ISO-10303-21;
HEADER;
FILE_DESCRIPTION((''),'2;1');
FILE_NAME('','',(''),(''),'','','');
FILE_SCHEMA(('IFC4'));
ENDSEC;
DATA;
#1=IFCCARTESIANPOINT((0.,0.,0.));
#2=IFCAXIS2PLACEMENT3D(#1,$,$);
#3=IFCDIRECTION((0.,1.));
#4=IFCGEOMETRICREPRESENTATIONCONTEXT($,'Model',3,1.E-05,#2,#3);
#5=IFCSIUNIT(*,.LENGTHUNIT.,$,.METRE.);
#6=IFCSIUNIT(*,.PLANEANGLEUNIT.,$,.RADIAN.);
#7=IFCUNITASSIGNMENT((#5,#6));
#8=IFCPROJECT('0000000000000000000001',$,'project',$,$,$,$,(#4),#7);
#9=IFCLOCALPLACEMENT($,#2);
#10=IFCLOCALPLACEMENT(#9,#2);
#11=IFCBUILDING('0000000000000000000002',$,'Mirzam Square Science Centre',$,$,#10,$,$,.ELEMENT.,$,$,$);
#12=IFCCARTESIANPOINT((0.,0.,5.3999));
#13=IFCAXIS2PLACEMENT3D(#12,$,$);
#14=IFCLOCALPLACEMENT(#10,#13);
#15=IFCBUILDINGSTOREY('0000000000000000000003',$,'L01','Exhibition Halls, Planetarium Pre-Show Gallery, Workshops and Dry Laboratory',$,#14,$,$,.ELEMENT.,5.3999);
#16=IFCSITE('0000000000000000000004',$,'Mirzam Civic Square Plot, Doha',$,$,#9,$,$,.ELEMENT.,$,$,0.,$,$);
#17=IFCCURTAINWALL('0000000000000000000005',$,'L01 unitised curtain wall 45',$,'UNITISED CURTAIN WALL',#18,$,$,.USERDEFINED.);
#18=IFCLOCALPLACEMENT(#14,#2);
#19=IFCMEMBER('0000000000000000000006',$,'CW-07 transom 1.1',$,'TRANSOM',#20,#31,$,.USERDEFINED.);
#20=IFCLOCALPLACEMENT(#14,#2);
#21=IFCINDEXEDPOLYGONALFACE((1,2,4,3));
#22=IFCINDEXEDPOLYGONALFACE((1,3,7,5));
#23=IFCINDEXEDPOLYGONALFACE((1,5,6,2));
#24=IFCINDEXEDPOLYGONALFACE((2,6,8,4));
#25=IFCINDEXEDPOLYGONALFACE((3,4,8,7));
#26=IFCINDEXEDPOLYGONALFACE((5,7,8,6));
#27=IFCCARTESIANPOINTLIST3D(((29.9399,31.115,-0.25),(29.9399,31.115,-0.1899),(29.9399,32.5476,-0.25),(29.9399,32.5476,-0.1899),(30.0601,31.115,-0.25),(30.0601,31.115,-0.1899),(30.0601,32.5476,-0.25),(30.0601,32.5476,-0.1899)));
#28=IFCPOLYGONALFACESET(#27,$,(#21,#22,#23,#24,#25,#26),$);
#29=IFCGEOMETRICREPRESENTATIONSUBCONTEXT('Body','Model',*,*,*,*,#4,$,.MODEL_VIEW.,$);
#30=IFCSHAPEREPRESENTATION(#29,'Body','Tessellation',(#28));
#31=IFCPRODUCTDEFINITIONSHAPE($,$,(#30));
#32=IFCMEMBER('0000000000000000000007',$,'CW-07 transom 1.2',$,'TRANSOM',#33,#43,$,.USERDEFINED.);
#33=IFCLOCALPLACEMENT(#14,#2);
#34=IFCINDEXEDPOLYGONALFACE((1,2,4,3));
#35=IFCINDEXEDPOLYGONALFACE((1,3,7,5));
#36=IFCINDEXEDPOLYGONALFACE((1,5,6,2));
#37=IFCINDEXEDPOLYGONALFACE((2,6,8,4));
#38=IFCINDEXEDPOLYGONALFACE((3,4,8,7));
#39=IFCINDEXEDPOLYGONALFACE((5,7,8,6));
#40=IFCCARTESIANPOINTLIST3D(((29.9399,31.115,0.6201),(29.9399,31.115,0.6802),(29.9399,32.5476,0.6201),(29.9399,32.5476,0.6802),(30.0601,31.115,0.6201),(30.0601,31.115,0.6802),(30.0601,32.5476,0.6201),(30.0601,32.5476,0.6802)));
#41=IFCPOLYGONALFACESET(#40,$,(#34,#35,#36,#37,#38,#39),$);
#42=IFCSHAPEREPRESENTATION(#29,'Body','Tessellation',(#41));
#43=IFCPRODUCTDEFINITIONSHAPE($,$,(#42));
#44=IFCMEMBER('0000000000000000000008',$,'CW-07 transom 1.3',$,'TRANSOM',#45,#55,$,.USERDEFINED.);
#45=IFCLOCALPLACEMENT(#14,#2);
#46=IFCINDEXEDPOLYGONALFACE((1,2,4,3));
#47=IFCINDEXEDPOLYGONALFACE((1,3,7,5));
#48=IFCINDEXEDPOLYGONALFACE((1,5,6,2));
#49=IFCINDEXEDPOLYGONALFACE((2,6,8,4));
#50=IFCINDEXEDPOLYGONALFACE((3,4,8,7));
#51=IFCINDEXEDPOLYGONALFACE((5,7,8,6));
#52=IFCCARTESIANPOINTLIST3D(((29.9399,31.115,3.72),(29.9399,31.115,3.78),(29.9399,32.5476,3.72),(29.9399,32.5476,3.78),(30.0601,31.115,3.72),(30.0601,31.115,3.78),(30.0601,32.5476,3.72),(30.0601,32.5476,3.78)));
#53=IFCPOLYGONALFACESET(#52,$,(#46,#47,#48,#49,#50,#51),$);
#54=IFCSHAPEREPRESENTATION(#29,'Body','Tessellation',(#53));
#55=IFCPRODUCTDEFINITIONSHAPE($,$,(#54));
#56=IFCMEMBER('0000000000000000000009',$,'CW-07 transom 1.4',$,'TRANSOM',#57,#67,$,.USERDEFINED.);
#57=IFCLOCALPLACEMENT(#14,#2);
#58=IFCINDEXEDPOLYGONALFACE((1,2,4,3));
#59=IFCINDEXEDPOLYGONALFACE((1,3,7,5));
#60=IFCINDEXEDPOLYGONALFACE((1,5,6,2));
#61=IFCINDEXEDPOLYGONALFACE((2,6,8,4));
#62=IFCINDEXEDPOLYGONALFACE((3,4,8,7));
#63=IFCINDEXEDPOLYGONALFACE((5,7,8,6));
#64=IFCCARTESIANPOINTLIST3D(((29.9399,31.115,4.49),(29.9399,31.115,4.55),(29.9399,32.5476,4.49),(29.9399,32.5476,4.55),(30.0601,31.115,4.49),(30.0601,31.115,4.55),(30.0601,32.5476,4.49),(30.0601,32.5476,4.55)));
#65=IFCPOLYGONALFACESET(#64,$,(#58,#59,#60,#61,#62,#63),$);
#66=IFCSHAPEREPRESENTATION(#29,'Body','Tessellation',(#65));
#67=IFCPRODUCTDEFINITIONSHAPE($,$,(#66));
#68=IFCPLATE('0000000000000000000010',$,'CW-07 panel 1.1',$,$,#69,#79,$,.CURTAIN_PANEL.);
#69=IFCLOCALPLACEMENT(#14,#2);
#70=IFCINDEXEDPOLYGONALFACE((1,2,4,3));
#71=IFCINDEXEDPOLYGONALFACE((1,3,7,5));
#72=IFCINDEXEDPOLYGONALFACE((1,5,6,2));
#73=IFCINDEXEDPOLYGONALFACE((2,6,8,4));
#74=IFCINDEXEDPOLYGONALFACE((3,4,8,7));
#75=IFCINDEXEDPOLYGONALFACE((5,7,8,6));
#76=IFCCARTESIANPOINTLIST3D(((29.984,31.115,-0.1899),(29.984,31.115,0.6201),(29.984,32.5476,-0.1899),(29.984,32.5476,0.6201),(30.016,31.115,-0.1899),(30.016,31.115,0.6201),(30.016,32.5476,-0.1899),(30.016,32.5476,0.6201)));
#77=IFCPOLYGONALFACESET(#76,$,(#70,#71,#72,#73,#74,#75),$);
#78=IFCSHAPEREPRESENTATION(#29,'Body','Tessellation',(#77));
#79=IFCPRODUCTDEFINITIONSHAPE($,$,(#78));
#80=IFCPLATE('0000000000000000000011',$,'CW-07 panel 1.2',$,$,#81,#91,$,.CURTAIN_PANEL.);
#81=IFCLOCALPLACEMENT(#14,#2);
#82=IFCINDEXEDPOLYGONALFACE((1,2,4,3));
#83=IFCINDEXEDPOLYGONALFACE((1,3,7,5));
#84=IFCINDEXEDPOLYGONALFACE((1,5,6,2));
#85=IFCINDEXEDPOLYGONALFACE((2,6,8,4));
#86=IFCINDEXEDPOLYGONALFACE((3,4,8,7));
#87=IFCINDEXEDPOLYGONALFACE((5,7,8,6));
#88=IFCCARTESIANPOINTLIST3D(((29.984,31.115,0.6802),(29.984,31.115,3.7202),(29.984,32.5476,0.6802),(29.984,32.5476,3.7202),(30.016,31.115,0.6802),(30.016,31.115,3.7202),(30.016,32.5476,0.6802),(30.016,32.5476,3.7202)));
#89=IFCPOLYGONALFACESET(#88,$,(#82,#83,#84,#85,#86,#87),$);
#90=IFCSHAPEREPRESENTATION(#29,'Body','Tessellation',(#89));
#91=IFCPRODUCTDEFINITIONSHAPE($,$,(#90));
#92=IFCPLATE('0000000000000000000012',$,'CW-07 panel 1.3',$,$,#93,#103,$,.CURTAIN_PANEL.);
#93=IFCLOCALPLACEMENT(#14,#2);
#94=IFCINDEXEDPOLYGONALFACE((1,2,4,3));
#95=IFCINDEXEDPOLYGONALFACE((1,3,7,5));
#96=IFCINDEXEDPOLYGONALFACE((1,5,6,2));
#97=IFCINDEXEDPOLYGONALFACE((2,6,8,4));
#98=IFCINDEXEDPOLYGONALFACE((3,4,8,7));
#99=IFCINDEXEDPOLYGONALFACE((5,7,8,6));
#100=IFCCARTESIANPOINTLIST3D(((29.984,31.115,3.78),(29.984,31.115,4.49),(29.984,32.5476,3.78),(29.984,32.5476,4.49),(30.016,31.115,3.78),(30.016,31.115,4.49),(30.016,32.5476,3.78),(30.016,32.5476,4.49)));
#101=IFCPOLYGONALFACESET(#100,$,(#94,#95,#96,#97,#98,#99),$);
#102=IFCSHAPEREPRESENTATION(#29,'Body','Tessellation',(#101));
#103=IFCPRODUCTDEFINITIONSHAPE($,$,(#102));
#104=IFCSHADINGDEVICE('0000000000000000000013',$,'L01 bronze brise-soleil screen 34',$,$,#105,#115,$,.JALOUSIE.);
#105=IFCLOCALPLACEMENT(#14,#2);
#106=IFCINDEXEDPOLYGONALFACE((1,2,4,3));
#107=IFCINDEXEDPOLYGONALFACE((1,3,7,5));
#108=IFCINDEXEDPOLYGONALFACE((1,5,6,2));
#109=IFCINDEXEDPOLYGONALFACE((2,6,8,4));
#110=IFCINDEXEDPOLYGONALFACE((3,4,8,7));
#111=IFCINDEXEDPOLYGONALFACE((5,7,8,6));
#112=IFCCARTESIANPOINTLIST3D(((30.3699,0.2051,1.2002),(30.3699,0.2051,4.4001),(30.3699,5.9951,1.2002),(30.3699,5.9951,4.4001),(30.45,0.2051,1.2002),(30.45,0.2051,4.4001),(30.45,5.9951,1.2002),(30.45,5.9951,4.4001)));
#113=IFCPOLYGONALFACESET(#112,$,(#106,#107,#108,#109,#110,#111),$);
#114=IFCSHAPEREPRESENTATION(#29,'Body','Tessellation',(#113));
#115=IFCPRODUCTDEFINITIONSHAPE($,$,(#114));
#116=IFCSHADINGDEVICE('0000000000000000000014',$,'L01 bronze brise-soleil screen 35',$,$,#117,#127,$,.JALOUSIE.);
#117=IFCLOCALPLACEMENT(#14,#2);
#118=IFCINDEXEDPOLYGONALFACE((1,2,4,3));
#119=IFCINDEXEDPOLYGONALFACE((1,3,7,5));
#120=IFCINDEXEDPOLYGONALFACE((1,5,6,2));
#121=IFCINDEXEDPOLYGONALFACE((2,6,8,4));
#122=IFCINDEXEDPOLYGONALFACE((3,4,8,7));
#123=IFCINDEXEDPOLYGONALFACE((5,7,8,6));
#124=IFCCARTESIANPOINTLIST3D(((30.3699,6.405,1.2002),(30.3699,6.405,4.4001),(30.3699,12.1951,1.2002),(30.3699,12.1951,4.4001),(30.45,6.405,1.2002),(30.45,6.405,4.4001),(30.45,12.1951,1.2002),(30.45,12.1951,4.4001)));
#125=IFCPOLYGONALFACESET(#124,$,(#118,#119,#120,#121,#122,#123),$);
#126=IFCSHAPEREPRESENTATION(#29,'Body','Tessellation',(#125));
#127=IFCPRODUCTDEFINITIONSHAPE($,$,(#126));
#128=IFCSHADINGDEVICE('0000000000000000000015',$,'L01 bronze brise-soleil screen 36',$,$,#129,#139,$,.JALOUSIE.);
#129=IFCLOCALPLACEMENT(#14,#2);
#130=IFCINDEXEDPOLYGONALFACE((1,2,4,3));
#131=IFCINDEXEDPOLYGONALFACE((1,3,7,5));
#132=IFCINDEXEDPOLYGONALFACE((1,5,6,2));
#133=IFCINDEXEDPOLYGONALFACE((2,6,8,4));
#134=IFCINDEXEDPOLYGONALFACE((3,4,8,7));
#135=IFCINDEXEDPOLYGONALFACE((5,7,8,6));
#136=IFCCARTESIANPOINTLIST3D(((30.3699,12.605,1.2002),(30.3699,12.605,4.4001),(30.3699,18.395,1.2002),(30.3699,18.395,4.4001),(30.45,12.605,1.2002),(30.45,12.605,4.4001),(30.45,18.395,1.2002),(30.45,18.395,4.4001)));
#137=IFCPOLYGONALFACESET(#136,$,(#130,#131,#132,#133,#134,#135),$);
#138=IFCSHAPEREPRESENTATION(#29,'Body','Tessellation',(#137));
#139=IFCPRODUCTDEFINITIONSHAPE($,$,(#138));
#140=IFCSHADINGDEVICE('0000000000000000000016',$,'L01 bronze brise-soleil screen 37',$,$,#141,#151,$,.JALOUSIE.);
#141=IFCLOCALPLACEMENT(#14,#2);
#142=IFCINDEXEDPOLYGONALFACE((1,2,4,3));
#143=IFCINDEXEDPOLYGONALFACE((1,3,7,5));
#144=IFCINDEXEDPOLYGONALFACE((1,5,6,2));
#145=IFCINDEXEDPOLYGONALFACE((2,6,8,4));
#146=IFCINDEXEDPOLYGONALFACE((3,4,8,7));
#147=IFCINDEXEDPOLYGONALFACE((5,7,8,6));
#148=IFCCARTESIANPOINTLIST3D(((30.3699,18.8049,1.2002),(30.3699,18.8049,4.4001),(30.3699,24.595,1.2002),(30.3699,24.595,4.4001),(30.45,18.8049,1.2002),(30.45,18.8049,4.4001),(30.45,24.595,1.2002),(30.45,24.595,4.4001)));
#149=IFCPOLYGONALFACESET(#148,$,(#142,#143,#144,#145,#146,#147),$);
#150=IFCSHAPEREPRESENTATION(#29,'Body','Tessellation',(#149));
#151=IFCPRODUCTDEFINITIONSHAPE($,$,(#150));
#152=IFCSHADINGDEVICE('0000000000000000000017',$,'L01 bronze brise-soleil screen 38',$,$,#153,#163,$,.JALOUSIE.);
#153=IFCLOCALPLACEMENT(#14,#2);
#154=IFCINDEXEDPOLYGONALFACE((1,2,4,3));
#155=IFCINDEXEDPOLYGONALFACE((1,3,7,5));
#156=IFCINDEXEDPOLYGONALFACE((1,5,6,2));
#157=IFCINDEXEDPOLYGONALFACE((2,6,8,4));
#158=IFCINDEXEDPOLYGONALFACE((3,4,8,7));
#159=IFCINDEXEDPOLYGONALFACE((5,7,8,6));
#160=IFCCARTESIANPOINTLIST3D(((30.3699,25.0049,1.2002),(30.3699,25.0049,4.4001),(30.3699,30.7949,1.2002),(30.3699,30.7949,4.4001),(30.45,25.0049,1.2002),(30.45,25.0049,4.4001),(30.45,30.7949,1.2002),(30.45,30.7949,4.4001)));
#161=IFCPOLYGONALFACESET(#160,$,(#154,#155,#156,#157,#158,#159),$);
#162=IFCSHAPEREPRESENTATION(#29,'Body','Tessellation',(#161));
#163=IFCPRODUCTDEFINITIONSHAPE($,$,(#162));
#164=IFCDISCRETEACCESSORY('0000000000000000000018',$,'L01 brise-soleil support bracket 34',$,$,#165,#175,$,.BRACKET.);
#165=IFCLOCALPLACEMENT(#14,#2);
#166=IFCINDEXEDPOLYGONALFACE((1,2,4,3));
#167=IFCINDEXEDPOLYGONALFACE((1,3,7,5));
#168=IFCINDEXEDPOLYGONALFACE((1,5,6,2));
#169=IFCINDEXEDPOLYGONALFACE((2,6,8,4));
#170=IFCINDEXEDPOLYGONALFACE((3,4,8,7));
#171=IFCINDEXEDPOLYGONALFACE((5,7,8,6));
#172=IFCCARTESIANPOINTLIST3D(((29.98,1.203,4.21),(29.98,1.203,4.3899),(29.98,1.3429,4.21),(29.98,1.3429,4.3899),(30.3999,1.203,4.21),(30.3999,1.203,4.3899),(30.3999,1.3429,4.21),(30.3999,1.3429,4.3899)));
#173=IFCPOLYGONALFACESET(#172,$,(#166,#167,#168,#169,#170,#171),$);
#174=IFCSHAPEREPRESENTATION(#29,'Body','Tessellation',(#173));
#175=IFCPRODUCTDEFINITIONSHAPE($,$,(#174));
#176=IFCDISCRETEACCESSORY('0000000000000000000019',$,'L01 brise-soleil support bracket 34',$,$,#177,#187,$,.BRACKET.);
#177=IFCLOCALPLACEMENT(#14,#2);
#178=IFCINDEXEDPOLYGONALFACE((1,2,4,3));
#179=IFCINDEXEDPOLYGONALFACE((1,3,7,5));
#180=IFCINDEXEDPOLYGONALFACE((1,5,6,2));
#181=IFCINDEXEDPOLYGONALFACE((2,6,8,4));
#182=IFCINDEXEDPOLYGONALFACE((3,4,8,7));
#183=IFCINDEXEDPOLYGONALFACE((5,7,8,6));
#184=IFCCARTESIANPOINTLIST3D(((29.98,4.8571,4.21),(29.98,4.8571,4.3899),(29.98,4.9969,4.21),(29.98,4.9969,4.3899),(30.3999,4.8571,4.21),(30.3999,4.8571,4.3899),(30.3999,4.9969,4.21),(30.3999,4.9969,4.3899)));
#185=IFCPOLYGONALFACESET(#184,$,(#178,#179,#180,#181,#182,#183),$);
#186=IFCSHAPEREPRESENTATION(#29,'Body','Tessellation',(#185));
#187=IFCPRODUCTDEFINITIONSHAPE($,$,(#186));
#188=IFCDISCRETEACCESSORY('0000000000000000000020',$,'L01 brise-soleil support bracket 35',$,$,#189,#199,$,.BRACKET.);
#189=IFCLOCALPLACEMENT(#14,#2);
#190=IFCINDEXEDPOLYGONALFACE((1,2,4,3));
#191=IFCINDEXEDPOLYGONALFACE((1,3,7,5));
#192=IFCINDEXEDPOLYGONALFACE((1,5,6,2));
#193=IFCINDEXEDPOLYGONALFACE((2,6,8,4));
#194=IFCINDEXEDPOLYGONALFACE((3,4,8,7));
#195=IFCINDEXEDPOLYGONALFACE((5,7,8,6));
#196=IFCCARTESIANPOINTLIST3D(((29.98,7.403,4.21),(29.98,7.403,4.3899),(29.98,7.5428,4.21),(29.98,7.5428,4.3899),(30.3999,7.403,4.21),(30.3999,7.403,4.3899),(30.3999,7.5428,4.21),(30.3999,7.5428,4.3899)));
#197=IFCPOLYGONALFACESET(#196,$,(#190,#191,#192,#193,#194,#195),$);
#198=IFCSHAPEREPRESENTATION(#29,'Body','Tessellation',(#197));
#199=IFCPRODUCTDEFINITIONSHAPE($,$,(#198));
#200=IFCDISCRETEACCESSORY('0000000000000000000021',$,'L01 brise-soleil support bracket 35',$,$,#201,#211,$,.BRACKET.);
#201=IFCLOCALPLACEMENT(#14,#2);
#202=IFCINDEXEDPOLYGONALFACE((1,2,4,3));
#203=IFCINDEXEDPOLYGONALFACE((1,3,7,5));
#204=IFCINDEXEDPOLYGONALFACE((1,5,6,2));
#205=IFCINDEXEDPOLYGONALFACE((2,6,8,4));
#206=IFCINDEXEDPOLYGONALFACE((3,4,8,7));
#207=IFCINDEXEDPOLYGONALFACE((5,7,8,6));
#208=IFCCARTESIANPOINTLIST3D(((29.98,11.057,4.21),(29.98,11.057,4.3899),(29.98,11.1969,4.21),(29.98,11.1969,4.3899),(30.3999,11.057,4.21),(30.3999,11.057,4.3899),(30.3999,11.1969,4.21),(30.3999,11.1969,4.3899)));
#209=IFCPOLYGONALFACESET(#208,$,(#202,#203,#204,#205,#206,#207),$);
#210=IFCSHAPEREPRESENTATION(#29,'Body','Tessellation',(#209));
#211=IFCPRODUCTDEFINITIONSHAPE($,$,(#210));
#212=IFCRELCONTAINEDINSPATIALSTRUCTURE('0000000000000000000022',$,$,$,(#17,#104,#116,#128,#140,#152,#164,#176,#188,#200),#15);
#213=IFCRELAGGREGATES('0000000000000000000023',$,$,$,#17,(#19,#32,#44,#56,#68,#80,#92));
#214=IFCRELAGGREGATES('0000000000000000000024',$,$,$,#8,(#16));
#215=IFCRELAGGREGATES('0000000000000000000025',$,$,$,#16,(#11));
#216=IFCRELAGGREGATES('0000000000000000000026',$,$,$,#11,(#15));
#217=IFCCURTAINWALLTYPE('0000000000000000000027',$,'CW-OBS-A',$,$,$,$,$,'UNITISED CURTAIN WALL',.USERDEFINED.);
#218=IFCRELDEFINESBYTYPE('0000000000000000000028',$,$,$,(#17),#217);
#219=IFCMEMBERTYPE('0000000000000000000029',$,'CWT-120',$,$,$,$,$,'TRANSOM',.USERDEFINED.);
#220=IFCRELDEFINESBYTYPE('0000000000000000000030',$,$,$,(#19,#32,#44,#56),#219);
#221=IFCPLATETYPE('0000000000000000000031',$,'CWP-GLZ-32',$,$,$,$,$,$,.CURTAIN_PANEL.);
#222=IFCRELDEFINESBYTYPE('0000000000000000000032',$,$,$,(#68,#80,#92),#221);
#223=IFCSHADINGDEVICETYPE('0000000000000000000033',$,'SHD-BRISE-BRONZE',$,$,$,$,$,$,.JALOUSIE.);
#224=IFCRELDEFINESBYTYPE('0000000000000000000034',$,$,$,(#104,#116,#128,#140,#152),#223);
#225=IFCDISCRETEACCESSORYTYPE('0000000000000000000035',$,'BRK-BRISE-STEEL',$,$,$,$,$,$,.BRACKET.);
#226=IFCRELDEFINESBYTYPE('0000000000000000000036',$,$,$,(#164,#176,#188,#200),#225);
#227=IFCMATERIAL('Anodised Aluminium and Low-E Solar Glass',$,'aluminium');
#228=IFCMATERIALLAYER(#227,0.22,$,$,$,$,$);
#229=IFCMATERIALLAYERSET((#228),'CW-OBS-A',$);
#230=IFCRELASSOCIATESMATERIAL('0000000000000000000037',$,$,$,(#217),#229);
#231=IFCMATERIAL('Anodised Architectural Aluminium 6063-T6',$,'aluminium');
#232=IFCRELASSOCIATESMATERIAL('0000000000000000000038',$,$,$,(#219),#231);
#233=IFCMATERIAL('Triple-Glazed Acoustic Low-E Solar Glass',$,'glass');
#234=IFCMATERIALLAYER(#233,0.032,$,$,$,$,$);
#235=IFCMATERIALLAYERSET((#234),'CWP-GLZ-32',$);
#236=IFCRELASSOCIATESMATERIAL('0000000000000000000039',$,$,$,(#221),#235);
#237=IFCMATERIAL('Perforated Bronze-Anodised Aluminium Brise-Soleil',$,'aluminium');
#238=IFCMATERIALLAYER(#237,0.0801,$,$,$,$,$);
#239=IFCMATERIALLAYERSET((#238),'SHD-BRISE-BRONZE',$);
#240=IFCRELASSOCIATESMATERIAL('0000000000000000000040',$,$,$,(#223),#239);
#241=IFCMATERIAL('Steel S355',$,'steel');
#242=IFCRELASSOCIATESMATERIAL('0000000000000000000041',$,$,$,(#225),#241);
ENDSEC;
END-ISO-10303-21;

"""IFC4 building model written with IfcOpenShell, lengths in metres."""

from ifc_helpers import new_model, si_unit, direction, frame, origin, origin_2d, place, context, subcontext, project, spatial, rectangle, extrude, material, layer, layer_set, material_profile, profile_set, type_object, element, aggregate, save


model = new_model("IFC4")

# Units and contexts
model_context = context("Model", 3, precision=1e-05, world=origin(), true_north=direction((0.0, 1.0)))
body_context = subcontext(model_context, "Body", "Model", "MODEL_VIEW")
ifc_project = project(units=[si_unit("LENGTHUNIT", "METRE"), si_unit("PLANEANGLEUNIT", "RADIAN")], contexts=[model_context])

# Site, building, storey
site_placement = place(None, origin())
site = spatial("IfcSite", under=ifc_project, at=site_placement, Name="Mirzam Civic Square Plot, Doha", CompositionType="ELEMENT", RefElevation=0.0)
building_placement = place(site_placement, origin())
building = spatial("IfcBuilding", under=site, at=building_placement, Name="Mirzam Square Science Centre", CompositionType="ELEMENT")
storey_placement = place(building_placement, frame((0.0, 0.0, 5.3999)))
storey = spatial("IfcBuildingStorey", under=building, at=storey_placement, Name="L01", Description="Exhibition Halls, Planetarium Pre-Show Gallery, Workshops and Dry Laboratory", CompositionType="ELEMENT", Elevation=5.3999)

# Curtain wall, members, plates
ifc_material_1 = material(Name="Anodised Aluminium and Low-E Solar Glass", Category="aluminium")
ifc_layer_1 = layer(ifc_material_1, 0.22)
ifc_layer_set_1 = layer_set([ifc_layer_1], Name="CW-OBS-A")
curtain_wall_type = type_object("IfcCurtainWallType", Name="CW-OBS-A", ElementType="UNITISED CURTAIN WALL", PredefinedType="USERDEFINED", material=ifc_layer_set_1)
curtain_wall_placement = place(storey_placement, origin())
curtain_wall = element("IfcCurtainWall", 1, at=curtain_wall_placement, inside=storey, type_object=curtain_wall_type, Name="L01 unitised curtain wall 45", ObjectType="UNITISED CURTAIN WALL", PredefinedType="USERDEFINED")
ifc_material_2 = material(Name="Anodised Architectural Aluminium 6063-T6", Category="aluminium")
ifc_material_profile = material_profile(ifc_material_2, rectangle(XDim=0.1201, YDim=0.0601, at=origin_2d()), Name="ALU-TRAN-120x60x4")
ifc_profile_set = profile_set([ifc_material_profile], Name="Anodised Architectural Aluminium 6063-T6")
member_type = type_object("IfcMemberType", Name="CWT-120", ElementType="TRANSOM", PredefinedType="USERDEFINED", material=ifc_profile_set)
member_1_placement = place(storey_placement, frame((30.0, 31.115, -0.22), z_axis=(0.0, 1.0, 0.0), x_axis=(-1.0, 0.0, 0.0)))
member_1 = element("IfcMember", 2, at=member_1_placement, type_object=member_type, Name="CW-07 transom 1.1", ObjectType="TRANSOM", PredefinedType="USERDEFINED", context=body_context, shape_type="SweptSolid", body=[
    extrude(rectangle(XDim=0.1201, YDim=0.0601, at=origin_2d()), origin(), (0.0, 0.0, 1.0), 1.4326),
])
member_2_placement = place(storey_placement, frame((30.0, 31.115, 0.6501), z_axis=(0.0, 1.0, 0.0), x_axis=(-1.0, 0.0, 0.0)))
member_2 = element("IfcMember", 3, at=member_2_placement, type_object=member_type, Name="CW-07 transom 1.2", ObjectType="TRANSOM", PredefinedType="USERDEFINED", context=body_context, shape_type="SweptSolid", body=[
    extrude(rectangle(XDim=0.1201, YDim=0.0601, at=origin_2d()), origin(), (0.0, 0.0, 1.0), 1.4326),
])
member_3_placement = place(storey_placement, frame((30.0, 31.115, 3.75), z_axis=(0.0, 1.0, 0.0), x_axis=(-1.0, 0.0, 0.0)))
member_3 = element("IfcMember", 4, at=member_3_placement, type_object=member_type, Name="CW-07 transom 1.3", ObjectType="TRANSOM", PredefinedType="USERDEFINED", context=body_context, shape_type="SweptSolid", body=[
    extrude(rectangle(XDim=0.1201, YDim=0.0601, at=origin_2d()), origin(), (0.0, 0.0, 1.0), 1.4326),
])
member_4_placement = place(storey_placement, frame((30.0, 31.115, 4.52), z_axis=(0.0, 1.0, 0.0), x_axis=(-1.0, 0.0, 0.0)))
member_4 = element("IfcMember", 5, at=member_4_placement, type_object=member_type, Name="CW-07 transom 1.4", ObjectType="TRANSOM", PredefinedType="USERDEFINED", context=body_context, shape_type="SweptSolid", body=[
    extrude(rectangle(XDim=0.1201, YDim=0.0601, at=origin_2d()), origin(), (0.0, 0.0, 1.0), 1.4326),
])
ifc_material_3 = material(Name="Triple-Glazed Acoustic Low-E Solar Glass", Category="glass")
ifc_layer_2 = layer(ifc_material_3, 0.032)
ifc_layer_set_2 = layer_set([ifc_layer_2], Name="CWP-GLZ-32")
plate_type = type_object("IfcPlateType", Name="CWP-GLZ-32", PredefinedType="CURTAIN_PANEL", material=ifc_layer_set_2)
plate_1_placement = place(storey_placement, frame((30.0, 31.8313, -0.1899), z_axis=(0.0, 0.0, 1.0), x_axis=(0.0, 1.0, 0.0)))
plate_1 = element("IfcPlate", 6, at=plate_1_placement, type_object=plate_type, Name="CW-07 panel 1.1", PredefinedType="CURTAIN_PANEL", context=body_context, shape_type="SweptSolid", body=[
    extrude(rectangle(XDim=1.4326, YDim=0.032, at=origin_2d()), origin(), (0.0, 0.0, 1.0), 0.8101),
])
plate_2_placement = place(storey_placement, frame((30.0, 31.8313, 0.6802), z_axis=(0.0, 0.0, 1.0), x_axis=(0.0, 1.0, 0.0)))
plate_2 = element("IfcPlate", 7, at=plate_2_placement, type_object=plate_type, Name="CW-07 panel 1.2", PredefinedType="CURTAIN_PANEL", context=body_context, shape_type="SweptSolid", body=[
    extrude(rectangle(XDim=1.4326, YDim=0.032, at=origin_2d()), origin(), (0.0, 0.0, 1.0), 3.04),
])
plate_3_placement = place(storey_placement, frame((30.0, 31.8313, 3.78), z_axis=(0.0, 0.0, 1.0), x_axis=(0.0, 1.0, 0.0)))
plate_3 = element("IfcPlate", 8, at=plate_3_placement, type_object=plate_type, Name="CW-07 panel 1.3", PredefinedType="CURTAIN_PANEL", context=body_context, shape_type="SweptSolid", body=[
    extrude(rectangle(XDim=1.4326, YDim=0.032, at=origin_2d()), origin(), (0.0, 0.0, 1.0), 0.71),
])
aggregate(curtain_wall, [member_1, member_2, member_3, member_4, plate_1, plate_2, plate_3])

# Shading devices
ifc_material_4 = material(Name="Perforated Bronze-Anodised Aluminium Brise-Soleil", Category="aluminium")
ifc_layer_3 = layer(ifc_material_4, 0.0801)
ifc_layer_set_3 = layer_set([ifc_layer_3], Name="SHD-BRISE-BRONZE")
shading_device_type = type_object("IfcShadingDeviceType", Name="SHD-BRISE-BRONZE", PredefinedType="JALOUSIE", material=ifc_layer_set_3)
for number, where, z_axis, x_axis, name in (
    (9, (30.4099, 3.1001, 1.2002), (0.0, 0.0, 1.0), (0.0, 1.0, 0.0), "L01 bronze brise-soleil screen 34"),
    (10, (30.4099, 9.3, 1.2002), (0.0, 0.0, 1.0), (0.0, 1.0, 0.0), "L01 bronze brise-soleil screen 35"),
    (11, (30.4099, 15.5, 1.2002), (0.0, 0.0, 1.0), (0.0, 1.0, 0.0), "L01 bronze brise-soleil screen 36"),
    (12, (30.4099, 21.7, 1.2002), (0.0, 0.0, 1.0), (0.0, 1.0, 0.0), "L01 bronze brise-soleil screen 37"),
    (13, (30.4099, 27.8999, 1.2002), (0.0, 0.0, 1.0), (0.0, 1.0, 0.0), "L01 bronze brise-soleil screen 38"),
):
    element("IfcShadingDevice", number, at=place(storey_placement, frame(where, z_axis=z_axis, x_axis=x_axis)), inside=storey, type_object=shading_device_type, Name=name, PredefinedType="JALOUSIE", context=body_context, shape_type="SweptSolid", body=[
        extrude(rectangle(XDim=5.79, YDim=0.0801, at=origin_2d()), origin(), (0.0, 0.0, 1.0), 3.2),
    ])

# Discrete accessories
ifc_material_5 = material(Name="Steel S355", Category="steel")
discrete_accessory_type = type_object("IfcDiscreteAccessoryType", Name="BRK-BRISE-STEEL", PredefinedType="BRACKET", material=ifc_material_5)
for number, where, z_axis, x_axis, name in (
    (14, (30.1899, 1.2729, 4.21), (0.0, 0.0, 1.0), (0.0, 1.0, 0.0), "L01 brise-soleil support bracket 34"),
    (15, (30.1899, 4.927, 4.21), (0.0, 0.0, 1.0), (0.0, 1.0, 0.0), "L01 brise-soleil support bracket 34"),
    (16, (30.1899, 7.4729, 4.21), (0.0, 0.0, 1.0), (0.0, 1.0, 0.0), "L01 brise-soleil support bracket 35"),
    (17, (30.1899, 11.127, 4.21), (0.0, 0.0, 1.0), (0.0, 1.0, 0.0), "L01 brise-soleil support bracket 35"),
):
    element("IfcDiscreteAccessory", number, at=place(storey_placement, frame(where, z_axis=z_axis, x_axis=x_axis)), inside=storey, type_object=discrete_accessory_type, Name=name, PredefinedType="BRACKET", context=body_context, shape_type="SweptSolid", body=[
        extrude(rectangle(XDim=0.1399, YDim=0.4199, at=origin_2d()), origin(), (0.0, 0.0, 1.0), 0.1799),
    ])

save(model, "model.ifc")
